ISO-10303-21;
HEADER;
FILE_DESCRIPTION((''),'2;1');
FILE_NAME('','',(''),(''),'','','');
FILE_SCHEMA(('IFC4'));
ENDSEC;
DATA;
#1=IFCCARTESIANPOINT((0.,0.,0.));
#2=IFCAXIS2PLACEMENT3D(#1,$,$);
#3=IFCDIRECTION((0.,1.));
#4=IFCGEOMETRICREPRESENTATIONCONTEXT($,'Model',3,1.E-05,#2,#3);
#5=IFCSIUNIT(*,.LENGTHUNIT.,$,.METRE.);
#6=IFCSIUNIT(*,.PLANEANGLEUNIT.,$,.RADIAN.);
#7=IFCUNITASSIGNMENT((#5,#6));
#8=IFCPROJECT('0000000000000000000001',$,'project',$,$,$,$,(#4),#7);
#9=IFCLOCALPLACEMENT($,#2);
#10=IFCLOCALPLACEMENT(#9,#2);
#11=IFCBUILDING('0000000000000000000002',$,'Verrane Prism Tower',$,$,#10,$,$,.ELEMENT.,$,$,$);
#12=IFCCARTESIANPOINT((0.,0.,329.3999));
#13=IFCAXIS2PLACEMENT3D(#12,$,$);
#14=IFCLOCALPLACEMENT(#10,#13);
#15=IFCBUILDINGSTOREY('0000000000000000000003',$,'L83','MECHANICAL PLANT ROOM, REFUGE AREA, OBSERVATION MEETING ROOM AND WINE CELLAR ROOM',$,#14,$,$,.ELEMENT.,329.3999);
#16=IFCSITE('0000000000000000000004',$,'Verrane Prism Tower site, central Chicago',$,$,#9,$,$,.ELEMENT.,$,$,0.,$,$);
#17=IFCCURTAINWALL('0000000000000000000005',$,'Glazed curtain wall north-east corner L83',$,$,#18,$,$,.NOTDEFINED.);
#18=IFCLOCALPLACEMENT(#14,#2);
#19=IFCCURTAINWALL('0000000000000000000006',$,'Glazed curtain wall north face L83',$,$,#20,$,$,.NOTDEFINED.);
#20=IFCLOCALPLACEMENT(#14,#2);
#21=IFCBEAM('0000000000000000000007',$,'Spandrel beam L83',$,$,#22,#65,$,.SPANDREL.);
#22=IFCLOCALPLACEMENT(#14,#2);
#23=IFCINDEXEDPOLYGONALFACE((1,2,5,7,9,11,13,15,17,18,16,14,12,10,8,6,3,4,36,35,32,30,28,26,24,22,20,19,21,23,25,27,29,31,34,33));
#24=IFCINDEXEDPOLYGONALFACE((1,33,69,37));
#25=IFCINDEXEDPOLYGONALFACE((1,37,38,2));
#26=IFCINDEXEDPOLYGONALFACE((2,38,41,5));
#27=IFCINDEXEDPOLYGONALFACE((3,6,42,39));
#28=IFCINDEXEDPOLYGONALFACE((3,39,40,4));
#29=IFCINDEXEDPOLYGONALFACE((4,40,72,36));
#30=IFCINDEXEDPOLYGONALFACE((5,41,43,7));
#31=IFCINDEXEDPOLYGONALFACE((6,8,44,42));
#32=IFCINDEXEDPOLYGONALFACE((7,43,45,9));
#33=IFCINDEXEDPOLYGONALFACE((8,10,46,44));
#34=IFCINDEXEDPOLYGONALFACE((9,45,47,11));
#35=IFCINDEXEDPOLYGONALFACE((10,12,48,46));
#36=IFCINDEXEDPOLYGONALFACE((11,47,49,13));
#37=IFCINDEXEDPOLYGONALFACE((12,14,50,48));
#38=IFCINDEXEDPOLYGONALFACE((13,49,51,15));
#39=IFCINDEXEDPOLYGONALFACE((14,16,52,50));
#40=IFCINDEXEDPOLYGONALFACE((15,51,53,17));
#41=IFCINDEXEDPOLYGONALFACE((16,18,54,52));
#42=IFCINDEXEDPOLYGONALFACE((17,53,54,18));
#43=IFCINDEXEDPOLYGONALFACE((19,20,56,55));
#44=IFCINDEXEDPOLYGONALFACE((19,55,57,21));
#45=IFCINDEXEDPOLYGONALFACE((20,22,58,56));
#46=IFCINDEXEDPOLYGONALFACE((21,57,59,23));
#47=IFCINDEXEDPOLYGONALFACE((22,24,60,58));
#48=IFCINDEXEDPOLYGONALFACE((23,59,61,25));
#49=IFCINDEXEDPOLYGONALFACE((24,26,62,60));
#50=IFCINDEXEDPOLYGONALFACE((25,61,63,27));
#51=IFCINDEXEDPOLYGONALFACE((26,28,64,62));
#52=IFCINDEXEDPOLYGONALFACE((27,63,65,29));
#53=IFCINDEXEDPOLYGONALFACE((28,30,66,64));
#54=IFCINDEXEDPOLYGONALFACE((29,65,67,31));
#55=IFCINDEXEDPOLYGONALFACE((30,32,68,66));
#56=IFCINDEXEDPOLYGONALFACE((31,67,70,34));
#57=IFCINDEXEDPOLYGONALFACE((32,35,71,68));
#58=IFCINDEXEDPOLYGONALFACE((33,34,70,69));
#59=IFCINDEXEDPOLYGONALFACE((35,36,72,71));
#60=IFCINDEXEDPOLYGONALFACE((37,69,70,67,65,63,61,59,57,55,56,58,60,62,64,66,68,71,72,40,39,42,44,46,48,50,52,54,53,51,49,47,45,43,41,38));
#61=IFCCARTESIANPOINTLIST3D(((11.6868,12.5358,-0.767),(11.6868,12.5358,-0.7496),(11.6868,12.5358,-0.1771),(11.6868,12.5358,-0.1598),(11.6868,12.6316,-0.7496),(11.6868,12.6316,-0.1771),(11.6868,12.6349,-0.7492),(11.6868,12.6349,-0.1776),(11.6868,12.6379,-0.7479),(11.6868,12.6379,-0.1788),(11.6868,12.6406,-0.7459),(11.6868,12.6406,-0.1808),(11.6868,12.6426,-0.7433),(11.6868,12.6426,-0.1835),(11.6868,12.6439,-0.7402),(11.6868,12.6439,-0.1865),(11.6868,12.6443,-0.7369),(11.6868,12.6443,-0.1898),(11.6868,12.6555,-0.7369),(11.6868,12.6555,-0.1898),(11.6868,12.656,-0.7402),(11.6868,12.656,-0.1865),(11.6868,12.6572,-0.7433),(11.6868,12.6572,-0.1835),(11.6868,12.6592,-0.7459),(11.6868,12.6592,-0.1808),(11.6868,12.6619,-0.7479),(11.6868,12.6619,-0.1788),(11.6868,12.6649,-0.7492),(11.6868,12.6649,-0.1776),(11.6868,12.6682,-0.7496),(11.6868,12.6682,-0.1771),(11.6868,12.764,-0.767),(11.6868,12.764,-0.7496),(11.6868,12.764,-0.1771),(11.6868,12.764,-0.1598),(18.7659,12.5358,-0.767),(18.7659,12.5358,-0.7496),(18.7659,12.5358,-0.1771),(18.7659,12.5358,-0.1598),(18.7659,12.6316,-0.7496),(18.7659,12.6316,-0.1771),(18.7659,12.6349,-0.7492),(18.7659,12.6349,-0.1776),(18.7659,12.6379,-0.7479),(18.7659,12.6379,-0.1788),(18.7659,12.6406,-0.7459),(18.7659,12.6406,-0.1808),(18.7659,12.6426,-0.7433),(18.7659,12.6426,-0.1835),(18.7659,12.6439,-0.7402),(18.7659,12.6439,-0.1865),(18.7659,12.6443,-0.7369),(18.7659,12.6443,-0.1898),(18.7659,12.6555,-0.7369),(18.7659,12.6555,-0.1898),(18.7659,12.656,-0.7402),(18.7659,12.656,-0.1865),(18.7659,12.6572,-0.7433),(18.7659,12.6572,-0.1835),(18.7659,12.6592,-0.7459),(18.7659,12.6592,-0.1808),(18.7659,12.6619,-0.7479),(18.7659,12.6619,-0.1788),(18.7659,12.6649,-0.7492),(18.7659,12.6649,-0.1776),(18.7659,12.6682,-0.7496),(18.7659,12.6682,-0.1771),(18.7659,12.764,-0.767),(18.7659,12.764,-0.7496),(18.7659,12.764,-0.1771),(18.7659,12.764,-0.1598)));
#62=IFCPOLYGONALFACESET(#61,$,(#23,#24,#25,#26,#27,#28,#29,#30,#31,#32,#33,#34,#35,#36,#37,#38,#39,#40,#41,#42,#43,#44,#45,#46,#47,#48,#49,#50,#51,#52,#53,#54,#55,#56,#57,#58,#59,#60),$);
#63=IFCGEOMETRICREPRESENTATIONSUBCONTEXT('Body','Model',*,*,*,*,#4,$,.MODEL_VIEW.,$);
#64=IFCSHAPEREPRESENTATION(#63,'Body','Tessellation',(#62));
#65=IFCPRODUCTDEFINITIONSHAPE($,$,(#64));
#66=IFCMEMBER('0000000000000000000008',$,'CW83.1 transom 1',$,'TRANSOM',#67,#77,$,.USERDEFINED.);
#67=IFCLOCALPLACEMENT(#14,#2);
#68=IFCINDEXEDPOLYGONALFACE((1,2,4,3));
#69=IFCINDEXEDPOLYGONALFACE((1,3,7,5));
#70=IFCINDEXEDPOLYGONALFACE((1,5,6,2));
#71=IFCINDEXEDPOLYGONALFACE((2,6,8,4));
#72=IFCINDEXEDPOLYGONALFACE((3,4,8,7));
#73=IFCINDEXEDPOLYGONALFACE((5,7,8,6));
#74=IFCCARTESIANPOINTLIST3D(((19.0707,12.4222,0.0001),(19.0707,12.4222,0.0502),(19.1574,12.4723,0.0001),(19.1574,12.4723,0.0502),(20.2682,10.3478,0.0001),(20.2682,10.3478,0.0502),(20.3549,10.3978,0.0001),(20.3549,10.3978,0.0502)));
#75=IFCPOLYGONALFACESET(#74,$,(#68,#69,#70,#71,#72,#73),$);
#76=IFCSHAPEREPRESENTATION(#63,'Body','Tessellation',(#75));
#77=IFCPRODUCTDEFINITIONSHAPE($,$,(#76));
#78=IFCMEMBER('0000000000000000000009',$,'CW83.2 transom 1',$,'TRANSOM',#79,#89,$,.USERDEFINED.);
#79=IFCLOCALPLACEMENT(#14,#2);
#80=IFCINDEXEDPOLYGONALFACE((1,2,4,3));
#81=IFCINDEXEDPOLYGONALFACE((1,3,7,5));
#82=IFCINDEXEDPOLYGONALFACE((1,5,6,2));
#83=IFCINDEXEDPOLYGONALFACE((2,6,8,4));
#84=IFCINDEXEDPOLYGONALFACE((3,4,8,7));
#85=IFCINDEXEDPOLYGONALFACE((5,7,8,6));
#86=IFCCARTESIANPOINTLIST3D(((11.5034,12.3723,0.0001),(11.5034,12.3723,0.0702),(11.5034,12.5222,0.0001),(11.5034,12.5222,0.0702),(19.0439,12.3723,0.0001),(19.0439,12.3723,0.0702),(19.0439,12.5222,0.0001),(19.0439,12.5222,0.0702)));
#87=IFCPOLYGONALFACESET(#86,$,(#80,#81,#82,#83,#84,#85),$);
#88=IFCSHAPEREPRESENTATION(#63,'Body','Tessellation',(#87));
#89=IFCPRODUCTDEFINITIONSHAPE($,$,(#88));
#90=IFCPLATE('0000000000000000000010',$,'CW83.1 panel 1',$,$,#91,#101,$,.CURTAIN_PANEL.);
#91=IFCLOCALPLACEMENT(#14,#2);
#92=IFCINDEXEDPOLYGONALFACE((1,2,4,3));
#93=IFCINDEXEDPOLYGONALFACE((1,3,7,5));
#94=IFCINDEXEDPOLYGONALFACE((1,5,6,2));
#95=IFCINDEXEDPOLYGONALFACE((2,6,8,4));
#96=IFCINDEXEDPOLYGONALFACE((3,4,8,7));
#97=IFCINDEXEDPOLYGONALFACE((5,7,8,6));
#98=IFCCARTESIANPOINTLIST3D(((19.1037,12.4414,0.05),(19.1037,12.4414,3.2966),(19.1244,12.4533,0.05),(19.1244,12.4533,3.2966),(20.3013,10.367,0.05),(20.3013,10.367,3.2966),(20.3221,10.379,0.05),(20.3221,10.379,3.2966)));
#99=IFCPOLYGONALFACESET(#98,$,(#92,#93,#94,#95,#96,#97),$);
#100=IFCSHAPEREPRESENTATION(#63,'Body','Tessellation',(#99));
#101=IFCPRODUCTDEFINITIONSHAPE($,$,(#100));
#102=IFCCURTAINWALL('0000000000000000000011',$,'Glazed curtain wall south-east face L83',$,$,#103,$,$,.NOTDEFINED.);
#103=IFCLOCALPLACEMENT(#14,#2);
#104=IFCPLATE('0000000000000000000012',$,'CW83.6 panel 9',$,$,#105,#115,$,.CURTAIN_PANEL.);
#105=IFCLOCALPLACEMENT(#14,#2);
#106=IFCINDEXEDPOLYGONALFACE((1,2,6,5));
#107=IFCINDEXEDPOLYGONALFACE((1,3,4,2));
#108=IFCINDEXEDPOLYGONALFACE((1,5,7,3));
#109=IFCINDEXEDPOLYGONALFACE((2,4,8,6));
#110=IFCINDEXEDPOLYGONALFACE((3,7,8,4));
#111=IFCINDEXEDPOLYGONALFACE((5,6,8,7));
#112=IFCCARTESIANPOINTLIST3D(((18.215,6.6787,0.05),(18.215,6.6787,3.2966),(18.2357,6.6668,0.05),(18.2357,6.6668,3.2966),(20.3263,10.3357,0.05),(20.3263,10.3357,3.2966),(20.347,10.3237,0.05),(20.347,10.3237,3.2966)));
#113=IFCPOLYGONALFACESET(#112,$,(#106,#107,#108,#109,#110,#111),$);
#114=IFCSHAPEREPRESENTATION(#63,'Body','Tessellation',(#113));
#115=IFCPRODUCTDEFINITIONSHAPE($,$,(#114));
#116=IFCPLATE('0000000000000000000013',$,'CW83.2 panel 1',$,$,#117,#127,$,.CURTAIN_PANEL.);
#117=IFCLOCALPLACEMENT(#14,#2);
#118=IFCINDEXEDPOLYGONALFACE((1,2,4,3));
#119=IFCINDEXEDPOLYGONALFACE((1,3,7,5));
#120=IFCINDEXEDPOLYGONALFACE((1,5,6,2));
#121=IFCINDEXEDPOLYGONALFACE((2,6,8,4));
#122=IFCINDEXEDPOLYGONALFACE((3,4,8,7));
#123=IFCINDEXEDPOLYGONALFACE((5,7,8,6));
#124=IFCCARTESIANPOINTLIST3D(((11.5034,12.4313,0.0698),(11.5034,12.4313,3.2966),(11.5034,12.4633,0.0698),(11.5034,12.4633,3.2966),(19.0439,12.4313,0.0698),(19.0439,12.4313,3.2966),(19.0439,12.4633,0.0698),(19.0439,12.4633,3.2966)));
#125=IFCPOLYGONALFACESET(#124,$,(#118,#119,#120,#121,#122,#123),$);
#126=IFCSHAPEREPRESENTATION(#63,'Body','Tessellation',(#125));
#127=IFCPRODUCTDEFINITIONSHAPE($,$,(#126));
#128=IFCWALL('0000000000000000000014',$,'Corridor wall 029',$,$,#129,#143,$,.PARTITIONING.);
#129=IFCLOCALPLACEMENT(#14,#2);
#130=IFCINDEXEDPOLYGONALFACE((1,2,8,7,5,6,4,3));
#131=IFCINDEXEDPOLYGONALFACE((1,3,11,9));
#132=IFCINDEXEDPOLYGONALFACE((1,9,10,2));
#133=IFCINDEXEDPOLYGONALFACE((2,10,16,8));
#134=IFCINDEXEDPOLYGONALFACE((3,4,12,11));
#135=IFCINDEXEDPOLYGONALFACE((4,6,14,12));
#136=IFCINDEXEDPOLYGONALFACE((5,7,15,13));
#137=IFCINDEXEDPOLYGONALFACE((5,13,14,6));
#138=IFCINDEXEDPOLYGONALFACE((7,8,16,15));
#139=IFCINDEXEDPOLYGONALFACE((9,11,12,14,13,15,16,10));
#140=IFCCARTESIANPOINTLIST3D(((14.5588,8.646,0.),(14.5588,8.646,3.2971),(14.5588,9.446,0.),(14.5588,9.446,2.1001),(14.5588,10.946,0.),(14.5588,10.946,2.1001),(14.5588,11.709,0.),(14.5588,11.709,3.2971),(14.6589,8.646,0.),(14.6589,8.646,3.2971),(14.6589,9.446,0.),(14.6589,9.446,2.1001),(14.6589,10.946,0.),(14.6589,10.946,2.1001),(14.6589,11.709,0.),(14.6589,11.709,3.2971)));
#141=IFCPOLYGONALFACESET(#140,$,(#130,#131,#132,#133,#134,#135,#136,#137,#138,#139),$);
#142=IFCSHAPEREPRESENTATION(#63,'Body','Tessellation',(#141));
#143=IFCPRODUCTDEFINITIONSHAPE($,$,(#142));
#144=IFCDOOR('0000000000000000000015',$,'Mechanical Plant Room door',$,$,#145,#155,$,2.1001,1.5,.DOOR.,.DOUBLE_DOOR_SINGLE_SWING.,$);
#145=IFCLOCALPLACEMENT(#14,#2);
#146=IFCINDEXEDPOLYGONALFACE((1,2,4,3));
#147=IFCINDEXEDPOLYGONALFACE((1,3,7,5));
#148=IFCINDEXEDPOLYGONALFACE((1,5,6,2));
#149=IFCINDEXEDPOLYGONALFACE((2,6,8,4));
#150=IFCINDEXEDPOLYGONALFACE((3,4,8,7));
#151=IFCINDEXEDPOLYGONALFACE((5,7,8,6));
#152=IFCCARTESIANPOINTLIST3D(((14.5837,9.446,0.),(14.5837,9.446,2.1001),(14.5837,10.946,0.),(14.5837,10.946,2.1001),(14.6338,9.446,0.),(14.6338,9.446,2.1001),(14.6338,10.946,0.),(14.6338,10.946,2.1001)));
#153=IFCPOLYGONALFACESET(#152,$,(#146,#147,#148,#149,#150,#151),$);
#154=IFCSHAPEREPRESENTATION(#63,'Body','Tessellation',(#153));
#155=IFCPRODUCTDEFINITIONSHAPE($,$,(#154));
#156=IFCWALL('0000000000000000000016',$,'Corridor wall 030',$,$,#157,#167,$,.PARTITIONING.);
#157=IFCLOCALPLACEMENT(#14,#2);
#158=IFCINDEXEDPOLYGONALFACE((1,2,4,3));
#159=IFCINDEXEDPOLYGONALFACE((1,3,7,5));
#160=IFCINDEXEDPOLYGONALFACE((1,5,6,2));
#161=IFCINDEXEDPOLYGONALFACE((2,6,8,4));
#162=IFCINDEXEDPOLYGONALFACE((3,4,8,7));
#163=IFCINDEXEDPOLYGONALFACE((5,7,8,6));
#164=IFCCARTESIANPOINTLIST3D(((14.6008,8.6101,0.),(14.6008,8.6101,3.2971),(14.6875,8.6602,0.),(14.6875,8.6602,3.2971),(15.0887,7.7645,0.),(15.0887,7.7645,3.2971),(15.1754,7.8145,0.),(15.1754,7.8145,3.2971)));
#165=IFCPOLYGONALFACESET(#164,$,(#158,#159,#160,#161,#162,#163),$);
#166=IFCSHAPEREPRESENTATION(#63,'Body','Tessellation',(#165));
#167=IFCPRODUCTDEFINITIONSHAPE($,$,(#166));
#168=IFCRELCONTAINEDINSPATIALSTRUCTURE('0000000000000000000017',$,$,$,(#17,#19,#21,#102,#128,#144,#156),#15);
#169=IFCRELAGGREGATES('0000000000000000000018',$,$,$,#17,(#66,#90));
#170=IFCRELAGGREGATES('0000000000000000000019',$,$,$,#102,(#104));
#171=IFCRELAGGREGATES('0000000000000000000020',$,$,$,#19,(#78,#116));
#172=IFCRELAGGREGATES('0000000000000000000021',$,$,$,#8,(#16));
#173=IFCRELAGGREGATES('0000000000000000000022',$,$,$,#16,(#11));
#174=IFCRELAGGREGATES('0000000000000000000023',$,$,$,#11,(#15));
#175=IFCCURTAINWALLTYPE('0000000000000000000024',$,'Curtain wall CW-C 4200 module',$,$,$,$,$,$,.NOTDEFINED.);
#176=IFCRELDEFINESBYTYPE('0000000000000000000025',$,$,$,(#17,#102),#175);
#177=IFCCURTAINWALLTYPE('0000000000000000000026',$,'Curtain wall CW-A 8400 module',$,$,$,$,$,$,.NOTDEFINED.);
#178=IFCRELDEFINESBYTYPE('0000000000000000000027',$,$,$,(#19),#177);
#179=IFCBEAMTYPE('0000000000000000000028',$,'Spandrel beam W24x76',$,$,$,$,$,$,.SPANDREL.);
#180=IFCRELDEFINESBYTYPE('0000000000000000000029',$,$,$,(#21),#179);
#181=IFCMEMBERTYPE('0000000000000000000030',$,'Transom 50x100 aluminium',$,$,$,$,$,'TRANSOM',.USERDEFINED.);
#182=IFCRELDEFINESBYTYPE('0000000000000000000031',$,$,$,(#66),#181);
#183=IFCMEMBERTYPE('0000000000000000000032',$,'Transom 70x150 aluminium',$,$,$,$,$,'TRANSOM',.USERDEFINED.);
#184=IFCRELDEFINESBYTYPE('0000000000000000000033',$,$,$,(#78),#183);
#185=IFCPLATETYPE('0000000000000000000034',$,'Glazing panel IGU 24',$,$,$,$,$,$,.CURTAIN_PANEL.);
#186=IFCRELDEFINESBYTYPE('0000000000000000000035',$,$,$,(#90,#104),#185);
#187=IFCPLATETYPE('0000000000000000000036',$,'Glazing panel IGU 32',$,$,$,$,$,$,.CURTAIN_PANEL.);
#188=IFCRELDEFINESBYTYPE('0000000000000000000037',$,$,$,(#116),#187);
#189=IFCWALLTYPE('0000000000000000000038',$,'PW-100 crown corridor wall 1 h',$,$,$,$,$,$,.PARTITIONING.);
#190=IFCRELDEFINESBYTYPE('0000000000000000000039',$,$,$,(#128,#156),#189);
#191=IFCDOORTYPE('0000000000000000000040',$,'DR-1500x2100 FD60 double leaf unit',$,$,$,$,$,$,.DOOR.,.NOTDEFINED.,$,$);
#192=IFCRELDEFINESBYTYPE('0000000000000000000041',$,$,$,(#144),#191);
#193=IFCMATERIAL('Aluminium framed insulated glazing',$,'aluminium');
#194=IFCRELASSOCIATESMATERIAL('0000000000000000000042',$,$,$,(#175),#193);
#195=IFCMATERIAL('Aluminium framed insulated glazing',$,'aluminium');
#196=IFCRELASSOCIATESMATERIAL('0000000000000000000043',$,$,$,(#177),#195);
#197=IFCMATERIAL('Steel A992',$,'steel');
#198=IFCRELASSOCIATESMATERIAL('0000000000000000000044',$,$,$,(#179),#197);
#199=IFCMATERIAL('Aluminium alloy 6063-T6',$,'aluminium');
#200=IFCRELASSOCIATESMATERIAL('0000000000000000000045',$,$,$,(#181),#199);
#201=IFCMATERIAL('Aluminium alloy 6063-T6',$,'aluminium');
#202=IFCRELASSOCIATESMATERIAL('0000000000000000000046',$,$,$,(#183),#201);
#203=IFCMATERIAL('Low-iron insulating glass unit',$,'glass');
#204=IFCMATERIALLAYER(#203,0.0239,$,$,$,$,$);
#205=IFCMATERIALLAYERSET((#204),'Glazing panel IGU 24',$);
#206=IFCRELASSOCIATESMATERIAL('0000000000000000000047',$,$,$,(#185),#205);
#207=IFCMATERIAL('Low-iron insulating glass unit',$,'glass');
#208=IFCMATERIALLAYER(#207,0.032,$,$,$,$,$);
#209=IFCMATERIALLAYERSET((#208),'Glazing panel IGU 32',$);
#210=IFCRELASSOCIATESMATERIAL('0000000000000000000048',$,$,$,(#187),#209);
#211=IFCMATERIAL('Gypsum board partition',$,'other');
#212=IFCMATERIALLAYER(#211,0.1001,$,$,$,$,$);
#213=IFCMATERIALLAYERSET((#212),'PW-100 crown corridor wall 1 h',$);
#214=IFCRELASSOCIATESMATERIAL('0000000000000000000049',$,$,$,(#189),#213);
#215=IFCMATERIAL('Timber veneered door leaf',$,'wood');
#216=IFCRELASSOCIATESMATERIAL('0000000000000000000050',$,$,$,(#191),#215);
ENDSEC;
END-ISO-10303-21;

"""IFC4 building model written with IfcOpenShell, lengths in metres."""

from ifc_helpers import new_model, si_unit, direction, frame, frame_2d, origin, origin_2d, place, context, subcontext, project, spatial, rectangle, i_section, extrude, material, layer, layer_set, material_profile, profile_set, type_object, element, fill, aggregate, save


model = new_model("IFC4")

# Units and contexts
model_context = context("Model", 3, precision=1e-05, world=origin(), true_north=direction((0.0, 1.0)))
body_context = subcontext(model_context, "Body", "Model", "MODEL_VIEW")
ifc_project = project(units=[si_unit("LENGTHUNIT", "METRE"), si_unit("PLANEANGLEUNIT", "RADIAN")], contexts=[model_context])

# Site, building, storey
site_placement = place(None, origin())
site = spatial("IfcSite", under=ifc_project, at=site_placement, Name="Verrane Prism Tower site, central Chicago", CompositionType="ELEMENT", RefElevation=0.0)
building_placement = place(site_placement, origin())
building = spatial("IfcBuilding", under=site, at=building_placement, Name="Verrane Prism Tower", CompositionType="ELEMENT")
storey_placement = place(building_placement, frame((0.0, 0.0, 329.3999)))
storey = spatial("IfcBuildingStorey", under=building, at=storey_placement, Name="L83", Description="MECHANICAL PLANT ROOM, REFUGE AREA, OBSERVATION MEETING ROOM AND WINE CELLAR ROOM", CompositionType="ELEMENT", Elevation=329.3999)

# Curtain walls
ifc_material_1 = material(Name="Aluminium framed insulated glazing", Category="aluminium")
curtain_wall_type_1 = type_object("IfcCurtainWallType", Name="Curtain wall CW-C 4200 module", PredefinedType="NOTDEFINED", material=ifc_material_1)
curtain_wall_1_placement = place(storey_placement, origin())
curtain_wall_1 = element("IfcCurtainWall", 1, at=curtain_wall_1_placement, inside=storey, type_object=curtain_wall_type_1, Name="Glazed curtain wall north-east corner L83", PredefinedType="NOTDEFINED")
ifc_material_2 = material(Name="Aluminium framed insulated glazing", Category="aluminium")
curtain_wall_type_2 = type_object("IfcCurtainWallType", Name="Curtain wall CW-A 8400 module", PredefinedType="NOTDEFINED", material=ifc_material_2)
curtain_wall_2_placement = place(storey_placement, origin())
curtain_wall_2 = element("IfcCurtainWall", 2, at=curtain_wall_2_placement, inside=storey, type_object=curtain_wall_type_2, Name="Glazed curtain wall north face L83", PredefinedType="NOTDEFINED")

# Beam
ifc_material_3 = material(Name="Steel A992", Category="steel")
ifc_material_profile_1 = material_profile(ifc_material_3, i_section(OverallWidth=0.2283, OverallDepth=0.6072, WebThickness=0.0112, FlangeThickness=0.0173, FilletRadius=0.0127, at=origin_2d()), Name="W24x76")
ifc_profile_set_1 = profile_set([ifc_material_profile_1], Name="Steel A992")
beam_type_1 = type_object("IfcBeamType", Name="Spandrel beam W24x76", PredefinedType="SPANDREL", material=ifc_profile_set_1)
beam_1_placement = place(storey_placement, frame((18.7659, 12.6499, -0.4634), z_axis=(-1.0, 0.0, 0.0), x_axis=(0.0, -1.0, 0.0)))
element("IfcBeam", 3, at=beam_1_placement, inside=storey, type_object=beam_type_1, Name="Spandrel beam L83", PredefinedType="SPANDREL", context=body_context, shape_type="SweptSolid", body=[
    extrude(i_section(OverallWidth=0.2283, OverallDepth=0.6072, WebThickness=0.0112, FlangeThickness=0.0173, FilletRadius=0.0127, at=origin_2d()), origin(), (0.0, 0.0, 1.0), 7.0791),
])

# Members
ifc_material_4 = material(Name="Aluminium alloy 6063-T6", Category="aluminium")
ifc_material_profile_2 = material_profile(ifc_material_4, rectangle(XDim=0.1001, YDim=0.05, at=origin_2d()), Name="Transom 50x100 aluminium")
ifc_profile_set_2 = profile_set([ifc_material_profile_2], Name="Aluminium alloy 6063-T6")
member_type_1 = type_object("IfcMemberType", Name="Transom 50x100 aluminium", ElementType="TRANSOM", PredefinedType="USERDEFINED", material=ifc_profile_set_2)
member_1_placement = place(storey_placement, frame((20.3115, 10.3728, 0.0251), z_axis=(-0.499943, 0.866058, 0.0), x_axis=(-0.866058, -0.499943, 0.0)))
member_1 = element("IfcMember", 4, at=member_1_placement, type_object=member_type_1, Name="CW83.1 transom 1", ObjectType="TRANSOM", PredefinedType="USERDEFINED", context=body_context, shape_type="SweptSolid", body=[
    extrude(rectangle(XDim=0.1001, YDim=0.05, at=origin_2d()), origin(), (0.0, 0.0, 1.0), 2.3953),
])
ifc_material_5 = material(Name="Aluminium alloy 6063-T6", Category="aluminium")
ifc_material_profile_3 = material_profile(ifc_material_5, rectangle(XDim=0.1499, YDim=0.0701, at=origin_2d()), Name="Transom 70x150 aluminium")
ifc_profile_set_3 = profile_set([ifc_material_profile_3], Name="Aluminium alloy 6063-T6")
member_type_2 = type_object("IfcMemberType", Name="Transom 70x150 aluminium", ElementType="TRANSOM", PredefinedType="USERDEFINED", material=ifc_profile_set_3)
member_2_placement = place(storey_placement, frame((19.0439, 12.4473, 0.0352), z_axis=(-1.0, 0.0, 0.0), x_axis=(0.0, -1.0, 0.0)))
member_2 = element("IfcMember", 5, at=member_2_placement, type_object=member_type_2, Name="CW83.2 transom 1", ObjectType="TRANSOM", PredefinedType="USERDEFINED", context=body_context, shape_type="SweptSolid", body=[
    extrude(rectangle(XDim=0.1499, YDim=0.0701, at=origin_2d()), origin(), (0.0, 0.0, 1.0), 7.5405),
])

# Plate
ifc_material_6 = material(Name="Low-iron insulating glass unit", Category="glass")
ifc_layer_1 = layer(ifc_material_6, 0.0239)
ifc_layer_set_1 = layer_set([ifc_layer_1], Name="Glazing panel IGU 24")
plate_type_1 = type_object("IfcPlateType", Name="Glazing panel IGU 24", PredefinedType="CURTAIN_PANEL", material=ifc_layer_set_1)
plate_1_placement = place(storey_placement, frame((19.7129, 11.4102, 0.05), z_axis=(0.0, 0.0, 1.0), x_axis=(-0.500001, 0.866025, 0.0)))
plate_1 = element("IfcPlate", 6, at=plate_1_placement, type_object=plate_type_1, Name="CW83.1 panel 1", PredefinedType="CURTAIN_PANEL", context=body_context, shape_type="SweptSolid", body=[
    extrude(rectangle(XDim=2.3953, YDim=0.0239, at=origin_2d()), origin(), (0.0, 0.0, 1.0), 3.2466),
])
aggregate(curtain_wall_1, [member_1, plate_1])

# Curtain wall, plate
curtain_wall_3_placement = place(storey_placement, origin())
curtain_wall_3 = element("IfcCurtainWall", 7, at=curtain_wall_3_placement, inside=storey, type_object=curtain_wall_type_1, Name="Glazed curtain wall south-east face L83", PredefinedType="NOTDEFINED")
plate_2_placement = place(storey_placement, frame((19.281, 8.5012, 0.05), z_axis=(0.0, 0.0, 1.0), x_axis=(0.5, 0.866025, 0.0)))
plate_2 = element("IfcPlate", 8, at=plate_2_placement, type_object=plate_type_1, Name="CW83.6 panel 9", PredefinedType="CURTAIN_PANEL", context=body_context, shape_type="SweptSolid", body=[
    extrude(rectangle(XDim=4.2227, YDim=0.0239, at=origin_2d()), origin(), (0.0, 0.0, 1.0), 3.2466),
])
aggregate(curtain_wall_3, [plate_2])

# Plate
ifc_material_7 = material(Name="Low-iron insulating glass unit", Category="glass")
ifc_layer_2 = layer(ifc_material_7, 0.032)
ifc_layer_set_2 = layer_set([ifc_layer_2], Name="Glazing panel IGU 32")
plate_type_2 = type_object("IfcPlateType", Name="Glazing panel IGU 32", PredefinedType="CURTAIN_PANEL", material=ifc_layer_set_2)
plate_3_placement = place(storey_placement, frame((15.2737, 12.4473, 0.0698), z_axis=(0.0, 0.0, 1.0), x_axis=(-1.0, 0.0, 0.0)))
plate_3 = element("IfcPlate", 9, at=plate_3_placement, type_object=plate_type_2, Name="CW83.2 panel 1", PredefinedType="CURTAIN_PANEL", context=body_context, shape_type="SweptSolid", body=[
    extrude(rectangle(XDim=7.5405, YDim=0.032, at=origin_2d()), origin(), (0.0, 0.0, 1.0), 3.2268),
])
aggregate(curtain_wall_2, [member_2, plate_3])

# Wall, opening, door
ifc_material_8 = material(Name="Gypsum board partition", Category="other")
ifc_layer_3 = layer(ifc_material_8, 0.1001)
ifc_layer_set_3 = layer_set([ifc_layer_3], Name="PW-100 crown corridor wall 1 h")
wall_type = type_object("IfcWallType", Name="PW-100 crown corridor wall 1 h", PredefinedType="PARTITIONING", material=ifc_layer_set_3)
wall_1_placement = place(storey_placement, frame((14.6089, 11.709, 0.0), z_axis=(0.0, 0.0, 1.0), x_axis=(0.0, -1.0, 0.0)))
wall_1 = element("IfcWall", 10, at=wall_1_placement, inside=storey, type_object=wall_type, Name="Corridor wall 029", PredefinedType="PARTITIONING", context=body_context, shape_type="SweptSolid", body=[
    extrude(rectangle(XDim=3.063, YDim=0.1001, at=frame_2d((1.5315, 0.0))), origin(), (0.0, 0.0, 1.0), 3.2971),
])
opening_placement = place(wall_1_placement, frame((0.7629, 0.0, 0.0)))
opening = element("IfcOpeningElement", 11, at=opening_placement, cuts=wall_1, PredefinedType="OPENING", context=body_context, shape_type="SweptSolid", body=[
    extrude(rectangle(XDim=1.5, YDim=2.1001, at=frame_2d((0.75, 1.05))), frame((0.0, 0.0601, 0.0), z_axis=(0.0, -1.0, 0.0), x_axis=(1.0, 0.0, 0.0)), (0.0, 0.0, 1.0), 0.1201),
])
ifc_material_9 = material(Name="Timber veneered door leaf", Category="wood")
door_type = type_object("IfcDoorType", Name="DR-1500x2100 FD60 double leaf unit", OperationType="NOTDEFINED", PredefinedType="DOOR", material=ifc_material_9)
door_placement = place(opening_placement, origin())
door = element("IfcDoor", 12, at=door_placement, inside=storey, type_object=door_type, Name="Mechanical Plant Room door", OperationType="DOUBLE_DOOR_SINGLE_SWING", OverallHeight=2.1001, OverallWidth=1.5, PredefinedType="DOOR", context=body_context, shape_type="SweptSolid", body=[
    extrude(rectangle(XDim=1.5, YDim=2.1001, at=frame_2d((0.75, 1.05))), frame((0.0, 0.0249, 0.0), z_axis=(0.0, -1.0, 0.0), x_axis=(1.0, 0.0, 0.0)), (0.0, 0.0, 1.0), 0.05),
])
fill(opening, door)

# Wall
wall_2_placement = place(storey_placement, frame((14.644, 8.6353, 0.0), z_axis=(0.0, 0.0, 1.0), x_axis=(0.499823, -0.866127, 0.0)))
element("IfcWall", 13, at=wall_2_placement, inside=storey, type_object=wall_type, Name="Corridor wall 030", PredefinedType="PARTITIONING", context=body_context, shape_type="SweptSolid", body=[
    extrude(rectangle(XDim=0.9763, YDim=0.1001, at=frame_2d((0.4883, 0.0))), origin(), (0.0, 0.0, 1.0), 3.2971),
])

save(model, "model.ifc")
